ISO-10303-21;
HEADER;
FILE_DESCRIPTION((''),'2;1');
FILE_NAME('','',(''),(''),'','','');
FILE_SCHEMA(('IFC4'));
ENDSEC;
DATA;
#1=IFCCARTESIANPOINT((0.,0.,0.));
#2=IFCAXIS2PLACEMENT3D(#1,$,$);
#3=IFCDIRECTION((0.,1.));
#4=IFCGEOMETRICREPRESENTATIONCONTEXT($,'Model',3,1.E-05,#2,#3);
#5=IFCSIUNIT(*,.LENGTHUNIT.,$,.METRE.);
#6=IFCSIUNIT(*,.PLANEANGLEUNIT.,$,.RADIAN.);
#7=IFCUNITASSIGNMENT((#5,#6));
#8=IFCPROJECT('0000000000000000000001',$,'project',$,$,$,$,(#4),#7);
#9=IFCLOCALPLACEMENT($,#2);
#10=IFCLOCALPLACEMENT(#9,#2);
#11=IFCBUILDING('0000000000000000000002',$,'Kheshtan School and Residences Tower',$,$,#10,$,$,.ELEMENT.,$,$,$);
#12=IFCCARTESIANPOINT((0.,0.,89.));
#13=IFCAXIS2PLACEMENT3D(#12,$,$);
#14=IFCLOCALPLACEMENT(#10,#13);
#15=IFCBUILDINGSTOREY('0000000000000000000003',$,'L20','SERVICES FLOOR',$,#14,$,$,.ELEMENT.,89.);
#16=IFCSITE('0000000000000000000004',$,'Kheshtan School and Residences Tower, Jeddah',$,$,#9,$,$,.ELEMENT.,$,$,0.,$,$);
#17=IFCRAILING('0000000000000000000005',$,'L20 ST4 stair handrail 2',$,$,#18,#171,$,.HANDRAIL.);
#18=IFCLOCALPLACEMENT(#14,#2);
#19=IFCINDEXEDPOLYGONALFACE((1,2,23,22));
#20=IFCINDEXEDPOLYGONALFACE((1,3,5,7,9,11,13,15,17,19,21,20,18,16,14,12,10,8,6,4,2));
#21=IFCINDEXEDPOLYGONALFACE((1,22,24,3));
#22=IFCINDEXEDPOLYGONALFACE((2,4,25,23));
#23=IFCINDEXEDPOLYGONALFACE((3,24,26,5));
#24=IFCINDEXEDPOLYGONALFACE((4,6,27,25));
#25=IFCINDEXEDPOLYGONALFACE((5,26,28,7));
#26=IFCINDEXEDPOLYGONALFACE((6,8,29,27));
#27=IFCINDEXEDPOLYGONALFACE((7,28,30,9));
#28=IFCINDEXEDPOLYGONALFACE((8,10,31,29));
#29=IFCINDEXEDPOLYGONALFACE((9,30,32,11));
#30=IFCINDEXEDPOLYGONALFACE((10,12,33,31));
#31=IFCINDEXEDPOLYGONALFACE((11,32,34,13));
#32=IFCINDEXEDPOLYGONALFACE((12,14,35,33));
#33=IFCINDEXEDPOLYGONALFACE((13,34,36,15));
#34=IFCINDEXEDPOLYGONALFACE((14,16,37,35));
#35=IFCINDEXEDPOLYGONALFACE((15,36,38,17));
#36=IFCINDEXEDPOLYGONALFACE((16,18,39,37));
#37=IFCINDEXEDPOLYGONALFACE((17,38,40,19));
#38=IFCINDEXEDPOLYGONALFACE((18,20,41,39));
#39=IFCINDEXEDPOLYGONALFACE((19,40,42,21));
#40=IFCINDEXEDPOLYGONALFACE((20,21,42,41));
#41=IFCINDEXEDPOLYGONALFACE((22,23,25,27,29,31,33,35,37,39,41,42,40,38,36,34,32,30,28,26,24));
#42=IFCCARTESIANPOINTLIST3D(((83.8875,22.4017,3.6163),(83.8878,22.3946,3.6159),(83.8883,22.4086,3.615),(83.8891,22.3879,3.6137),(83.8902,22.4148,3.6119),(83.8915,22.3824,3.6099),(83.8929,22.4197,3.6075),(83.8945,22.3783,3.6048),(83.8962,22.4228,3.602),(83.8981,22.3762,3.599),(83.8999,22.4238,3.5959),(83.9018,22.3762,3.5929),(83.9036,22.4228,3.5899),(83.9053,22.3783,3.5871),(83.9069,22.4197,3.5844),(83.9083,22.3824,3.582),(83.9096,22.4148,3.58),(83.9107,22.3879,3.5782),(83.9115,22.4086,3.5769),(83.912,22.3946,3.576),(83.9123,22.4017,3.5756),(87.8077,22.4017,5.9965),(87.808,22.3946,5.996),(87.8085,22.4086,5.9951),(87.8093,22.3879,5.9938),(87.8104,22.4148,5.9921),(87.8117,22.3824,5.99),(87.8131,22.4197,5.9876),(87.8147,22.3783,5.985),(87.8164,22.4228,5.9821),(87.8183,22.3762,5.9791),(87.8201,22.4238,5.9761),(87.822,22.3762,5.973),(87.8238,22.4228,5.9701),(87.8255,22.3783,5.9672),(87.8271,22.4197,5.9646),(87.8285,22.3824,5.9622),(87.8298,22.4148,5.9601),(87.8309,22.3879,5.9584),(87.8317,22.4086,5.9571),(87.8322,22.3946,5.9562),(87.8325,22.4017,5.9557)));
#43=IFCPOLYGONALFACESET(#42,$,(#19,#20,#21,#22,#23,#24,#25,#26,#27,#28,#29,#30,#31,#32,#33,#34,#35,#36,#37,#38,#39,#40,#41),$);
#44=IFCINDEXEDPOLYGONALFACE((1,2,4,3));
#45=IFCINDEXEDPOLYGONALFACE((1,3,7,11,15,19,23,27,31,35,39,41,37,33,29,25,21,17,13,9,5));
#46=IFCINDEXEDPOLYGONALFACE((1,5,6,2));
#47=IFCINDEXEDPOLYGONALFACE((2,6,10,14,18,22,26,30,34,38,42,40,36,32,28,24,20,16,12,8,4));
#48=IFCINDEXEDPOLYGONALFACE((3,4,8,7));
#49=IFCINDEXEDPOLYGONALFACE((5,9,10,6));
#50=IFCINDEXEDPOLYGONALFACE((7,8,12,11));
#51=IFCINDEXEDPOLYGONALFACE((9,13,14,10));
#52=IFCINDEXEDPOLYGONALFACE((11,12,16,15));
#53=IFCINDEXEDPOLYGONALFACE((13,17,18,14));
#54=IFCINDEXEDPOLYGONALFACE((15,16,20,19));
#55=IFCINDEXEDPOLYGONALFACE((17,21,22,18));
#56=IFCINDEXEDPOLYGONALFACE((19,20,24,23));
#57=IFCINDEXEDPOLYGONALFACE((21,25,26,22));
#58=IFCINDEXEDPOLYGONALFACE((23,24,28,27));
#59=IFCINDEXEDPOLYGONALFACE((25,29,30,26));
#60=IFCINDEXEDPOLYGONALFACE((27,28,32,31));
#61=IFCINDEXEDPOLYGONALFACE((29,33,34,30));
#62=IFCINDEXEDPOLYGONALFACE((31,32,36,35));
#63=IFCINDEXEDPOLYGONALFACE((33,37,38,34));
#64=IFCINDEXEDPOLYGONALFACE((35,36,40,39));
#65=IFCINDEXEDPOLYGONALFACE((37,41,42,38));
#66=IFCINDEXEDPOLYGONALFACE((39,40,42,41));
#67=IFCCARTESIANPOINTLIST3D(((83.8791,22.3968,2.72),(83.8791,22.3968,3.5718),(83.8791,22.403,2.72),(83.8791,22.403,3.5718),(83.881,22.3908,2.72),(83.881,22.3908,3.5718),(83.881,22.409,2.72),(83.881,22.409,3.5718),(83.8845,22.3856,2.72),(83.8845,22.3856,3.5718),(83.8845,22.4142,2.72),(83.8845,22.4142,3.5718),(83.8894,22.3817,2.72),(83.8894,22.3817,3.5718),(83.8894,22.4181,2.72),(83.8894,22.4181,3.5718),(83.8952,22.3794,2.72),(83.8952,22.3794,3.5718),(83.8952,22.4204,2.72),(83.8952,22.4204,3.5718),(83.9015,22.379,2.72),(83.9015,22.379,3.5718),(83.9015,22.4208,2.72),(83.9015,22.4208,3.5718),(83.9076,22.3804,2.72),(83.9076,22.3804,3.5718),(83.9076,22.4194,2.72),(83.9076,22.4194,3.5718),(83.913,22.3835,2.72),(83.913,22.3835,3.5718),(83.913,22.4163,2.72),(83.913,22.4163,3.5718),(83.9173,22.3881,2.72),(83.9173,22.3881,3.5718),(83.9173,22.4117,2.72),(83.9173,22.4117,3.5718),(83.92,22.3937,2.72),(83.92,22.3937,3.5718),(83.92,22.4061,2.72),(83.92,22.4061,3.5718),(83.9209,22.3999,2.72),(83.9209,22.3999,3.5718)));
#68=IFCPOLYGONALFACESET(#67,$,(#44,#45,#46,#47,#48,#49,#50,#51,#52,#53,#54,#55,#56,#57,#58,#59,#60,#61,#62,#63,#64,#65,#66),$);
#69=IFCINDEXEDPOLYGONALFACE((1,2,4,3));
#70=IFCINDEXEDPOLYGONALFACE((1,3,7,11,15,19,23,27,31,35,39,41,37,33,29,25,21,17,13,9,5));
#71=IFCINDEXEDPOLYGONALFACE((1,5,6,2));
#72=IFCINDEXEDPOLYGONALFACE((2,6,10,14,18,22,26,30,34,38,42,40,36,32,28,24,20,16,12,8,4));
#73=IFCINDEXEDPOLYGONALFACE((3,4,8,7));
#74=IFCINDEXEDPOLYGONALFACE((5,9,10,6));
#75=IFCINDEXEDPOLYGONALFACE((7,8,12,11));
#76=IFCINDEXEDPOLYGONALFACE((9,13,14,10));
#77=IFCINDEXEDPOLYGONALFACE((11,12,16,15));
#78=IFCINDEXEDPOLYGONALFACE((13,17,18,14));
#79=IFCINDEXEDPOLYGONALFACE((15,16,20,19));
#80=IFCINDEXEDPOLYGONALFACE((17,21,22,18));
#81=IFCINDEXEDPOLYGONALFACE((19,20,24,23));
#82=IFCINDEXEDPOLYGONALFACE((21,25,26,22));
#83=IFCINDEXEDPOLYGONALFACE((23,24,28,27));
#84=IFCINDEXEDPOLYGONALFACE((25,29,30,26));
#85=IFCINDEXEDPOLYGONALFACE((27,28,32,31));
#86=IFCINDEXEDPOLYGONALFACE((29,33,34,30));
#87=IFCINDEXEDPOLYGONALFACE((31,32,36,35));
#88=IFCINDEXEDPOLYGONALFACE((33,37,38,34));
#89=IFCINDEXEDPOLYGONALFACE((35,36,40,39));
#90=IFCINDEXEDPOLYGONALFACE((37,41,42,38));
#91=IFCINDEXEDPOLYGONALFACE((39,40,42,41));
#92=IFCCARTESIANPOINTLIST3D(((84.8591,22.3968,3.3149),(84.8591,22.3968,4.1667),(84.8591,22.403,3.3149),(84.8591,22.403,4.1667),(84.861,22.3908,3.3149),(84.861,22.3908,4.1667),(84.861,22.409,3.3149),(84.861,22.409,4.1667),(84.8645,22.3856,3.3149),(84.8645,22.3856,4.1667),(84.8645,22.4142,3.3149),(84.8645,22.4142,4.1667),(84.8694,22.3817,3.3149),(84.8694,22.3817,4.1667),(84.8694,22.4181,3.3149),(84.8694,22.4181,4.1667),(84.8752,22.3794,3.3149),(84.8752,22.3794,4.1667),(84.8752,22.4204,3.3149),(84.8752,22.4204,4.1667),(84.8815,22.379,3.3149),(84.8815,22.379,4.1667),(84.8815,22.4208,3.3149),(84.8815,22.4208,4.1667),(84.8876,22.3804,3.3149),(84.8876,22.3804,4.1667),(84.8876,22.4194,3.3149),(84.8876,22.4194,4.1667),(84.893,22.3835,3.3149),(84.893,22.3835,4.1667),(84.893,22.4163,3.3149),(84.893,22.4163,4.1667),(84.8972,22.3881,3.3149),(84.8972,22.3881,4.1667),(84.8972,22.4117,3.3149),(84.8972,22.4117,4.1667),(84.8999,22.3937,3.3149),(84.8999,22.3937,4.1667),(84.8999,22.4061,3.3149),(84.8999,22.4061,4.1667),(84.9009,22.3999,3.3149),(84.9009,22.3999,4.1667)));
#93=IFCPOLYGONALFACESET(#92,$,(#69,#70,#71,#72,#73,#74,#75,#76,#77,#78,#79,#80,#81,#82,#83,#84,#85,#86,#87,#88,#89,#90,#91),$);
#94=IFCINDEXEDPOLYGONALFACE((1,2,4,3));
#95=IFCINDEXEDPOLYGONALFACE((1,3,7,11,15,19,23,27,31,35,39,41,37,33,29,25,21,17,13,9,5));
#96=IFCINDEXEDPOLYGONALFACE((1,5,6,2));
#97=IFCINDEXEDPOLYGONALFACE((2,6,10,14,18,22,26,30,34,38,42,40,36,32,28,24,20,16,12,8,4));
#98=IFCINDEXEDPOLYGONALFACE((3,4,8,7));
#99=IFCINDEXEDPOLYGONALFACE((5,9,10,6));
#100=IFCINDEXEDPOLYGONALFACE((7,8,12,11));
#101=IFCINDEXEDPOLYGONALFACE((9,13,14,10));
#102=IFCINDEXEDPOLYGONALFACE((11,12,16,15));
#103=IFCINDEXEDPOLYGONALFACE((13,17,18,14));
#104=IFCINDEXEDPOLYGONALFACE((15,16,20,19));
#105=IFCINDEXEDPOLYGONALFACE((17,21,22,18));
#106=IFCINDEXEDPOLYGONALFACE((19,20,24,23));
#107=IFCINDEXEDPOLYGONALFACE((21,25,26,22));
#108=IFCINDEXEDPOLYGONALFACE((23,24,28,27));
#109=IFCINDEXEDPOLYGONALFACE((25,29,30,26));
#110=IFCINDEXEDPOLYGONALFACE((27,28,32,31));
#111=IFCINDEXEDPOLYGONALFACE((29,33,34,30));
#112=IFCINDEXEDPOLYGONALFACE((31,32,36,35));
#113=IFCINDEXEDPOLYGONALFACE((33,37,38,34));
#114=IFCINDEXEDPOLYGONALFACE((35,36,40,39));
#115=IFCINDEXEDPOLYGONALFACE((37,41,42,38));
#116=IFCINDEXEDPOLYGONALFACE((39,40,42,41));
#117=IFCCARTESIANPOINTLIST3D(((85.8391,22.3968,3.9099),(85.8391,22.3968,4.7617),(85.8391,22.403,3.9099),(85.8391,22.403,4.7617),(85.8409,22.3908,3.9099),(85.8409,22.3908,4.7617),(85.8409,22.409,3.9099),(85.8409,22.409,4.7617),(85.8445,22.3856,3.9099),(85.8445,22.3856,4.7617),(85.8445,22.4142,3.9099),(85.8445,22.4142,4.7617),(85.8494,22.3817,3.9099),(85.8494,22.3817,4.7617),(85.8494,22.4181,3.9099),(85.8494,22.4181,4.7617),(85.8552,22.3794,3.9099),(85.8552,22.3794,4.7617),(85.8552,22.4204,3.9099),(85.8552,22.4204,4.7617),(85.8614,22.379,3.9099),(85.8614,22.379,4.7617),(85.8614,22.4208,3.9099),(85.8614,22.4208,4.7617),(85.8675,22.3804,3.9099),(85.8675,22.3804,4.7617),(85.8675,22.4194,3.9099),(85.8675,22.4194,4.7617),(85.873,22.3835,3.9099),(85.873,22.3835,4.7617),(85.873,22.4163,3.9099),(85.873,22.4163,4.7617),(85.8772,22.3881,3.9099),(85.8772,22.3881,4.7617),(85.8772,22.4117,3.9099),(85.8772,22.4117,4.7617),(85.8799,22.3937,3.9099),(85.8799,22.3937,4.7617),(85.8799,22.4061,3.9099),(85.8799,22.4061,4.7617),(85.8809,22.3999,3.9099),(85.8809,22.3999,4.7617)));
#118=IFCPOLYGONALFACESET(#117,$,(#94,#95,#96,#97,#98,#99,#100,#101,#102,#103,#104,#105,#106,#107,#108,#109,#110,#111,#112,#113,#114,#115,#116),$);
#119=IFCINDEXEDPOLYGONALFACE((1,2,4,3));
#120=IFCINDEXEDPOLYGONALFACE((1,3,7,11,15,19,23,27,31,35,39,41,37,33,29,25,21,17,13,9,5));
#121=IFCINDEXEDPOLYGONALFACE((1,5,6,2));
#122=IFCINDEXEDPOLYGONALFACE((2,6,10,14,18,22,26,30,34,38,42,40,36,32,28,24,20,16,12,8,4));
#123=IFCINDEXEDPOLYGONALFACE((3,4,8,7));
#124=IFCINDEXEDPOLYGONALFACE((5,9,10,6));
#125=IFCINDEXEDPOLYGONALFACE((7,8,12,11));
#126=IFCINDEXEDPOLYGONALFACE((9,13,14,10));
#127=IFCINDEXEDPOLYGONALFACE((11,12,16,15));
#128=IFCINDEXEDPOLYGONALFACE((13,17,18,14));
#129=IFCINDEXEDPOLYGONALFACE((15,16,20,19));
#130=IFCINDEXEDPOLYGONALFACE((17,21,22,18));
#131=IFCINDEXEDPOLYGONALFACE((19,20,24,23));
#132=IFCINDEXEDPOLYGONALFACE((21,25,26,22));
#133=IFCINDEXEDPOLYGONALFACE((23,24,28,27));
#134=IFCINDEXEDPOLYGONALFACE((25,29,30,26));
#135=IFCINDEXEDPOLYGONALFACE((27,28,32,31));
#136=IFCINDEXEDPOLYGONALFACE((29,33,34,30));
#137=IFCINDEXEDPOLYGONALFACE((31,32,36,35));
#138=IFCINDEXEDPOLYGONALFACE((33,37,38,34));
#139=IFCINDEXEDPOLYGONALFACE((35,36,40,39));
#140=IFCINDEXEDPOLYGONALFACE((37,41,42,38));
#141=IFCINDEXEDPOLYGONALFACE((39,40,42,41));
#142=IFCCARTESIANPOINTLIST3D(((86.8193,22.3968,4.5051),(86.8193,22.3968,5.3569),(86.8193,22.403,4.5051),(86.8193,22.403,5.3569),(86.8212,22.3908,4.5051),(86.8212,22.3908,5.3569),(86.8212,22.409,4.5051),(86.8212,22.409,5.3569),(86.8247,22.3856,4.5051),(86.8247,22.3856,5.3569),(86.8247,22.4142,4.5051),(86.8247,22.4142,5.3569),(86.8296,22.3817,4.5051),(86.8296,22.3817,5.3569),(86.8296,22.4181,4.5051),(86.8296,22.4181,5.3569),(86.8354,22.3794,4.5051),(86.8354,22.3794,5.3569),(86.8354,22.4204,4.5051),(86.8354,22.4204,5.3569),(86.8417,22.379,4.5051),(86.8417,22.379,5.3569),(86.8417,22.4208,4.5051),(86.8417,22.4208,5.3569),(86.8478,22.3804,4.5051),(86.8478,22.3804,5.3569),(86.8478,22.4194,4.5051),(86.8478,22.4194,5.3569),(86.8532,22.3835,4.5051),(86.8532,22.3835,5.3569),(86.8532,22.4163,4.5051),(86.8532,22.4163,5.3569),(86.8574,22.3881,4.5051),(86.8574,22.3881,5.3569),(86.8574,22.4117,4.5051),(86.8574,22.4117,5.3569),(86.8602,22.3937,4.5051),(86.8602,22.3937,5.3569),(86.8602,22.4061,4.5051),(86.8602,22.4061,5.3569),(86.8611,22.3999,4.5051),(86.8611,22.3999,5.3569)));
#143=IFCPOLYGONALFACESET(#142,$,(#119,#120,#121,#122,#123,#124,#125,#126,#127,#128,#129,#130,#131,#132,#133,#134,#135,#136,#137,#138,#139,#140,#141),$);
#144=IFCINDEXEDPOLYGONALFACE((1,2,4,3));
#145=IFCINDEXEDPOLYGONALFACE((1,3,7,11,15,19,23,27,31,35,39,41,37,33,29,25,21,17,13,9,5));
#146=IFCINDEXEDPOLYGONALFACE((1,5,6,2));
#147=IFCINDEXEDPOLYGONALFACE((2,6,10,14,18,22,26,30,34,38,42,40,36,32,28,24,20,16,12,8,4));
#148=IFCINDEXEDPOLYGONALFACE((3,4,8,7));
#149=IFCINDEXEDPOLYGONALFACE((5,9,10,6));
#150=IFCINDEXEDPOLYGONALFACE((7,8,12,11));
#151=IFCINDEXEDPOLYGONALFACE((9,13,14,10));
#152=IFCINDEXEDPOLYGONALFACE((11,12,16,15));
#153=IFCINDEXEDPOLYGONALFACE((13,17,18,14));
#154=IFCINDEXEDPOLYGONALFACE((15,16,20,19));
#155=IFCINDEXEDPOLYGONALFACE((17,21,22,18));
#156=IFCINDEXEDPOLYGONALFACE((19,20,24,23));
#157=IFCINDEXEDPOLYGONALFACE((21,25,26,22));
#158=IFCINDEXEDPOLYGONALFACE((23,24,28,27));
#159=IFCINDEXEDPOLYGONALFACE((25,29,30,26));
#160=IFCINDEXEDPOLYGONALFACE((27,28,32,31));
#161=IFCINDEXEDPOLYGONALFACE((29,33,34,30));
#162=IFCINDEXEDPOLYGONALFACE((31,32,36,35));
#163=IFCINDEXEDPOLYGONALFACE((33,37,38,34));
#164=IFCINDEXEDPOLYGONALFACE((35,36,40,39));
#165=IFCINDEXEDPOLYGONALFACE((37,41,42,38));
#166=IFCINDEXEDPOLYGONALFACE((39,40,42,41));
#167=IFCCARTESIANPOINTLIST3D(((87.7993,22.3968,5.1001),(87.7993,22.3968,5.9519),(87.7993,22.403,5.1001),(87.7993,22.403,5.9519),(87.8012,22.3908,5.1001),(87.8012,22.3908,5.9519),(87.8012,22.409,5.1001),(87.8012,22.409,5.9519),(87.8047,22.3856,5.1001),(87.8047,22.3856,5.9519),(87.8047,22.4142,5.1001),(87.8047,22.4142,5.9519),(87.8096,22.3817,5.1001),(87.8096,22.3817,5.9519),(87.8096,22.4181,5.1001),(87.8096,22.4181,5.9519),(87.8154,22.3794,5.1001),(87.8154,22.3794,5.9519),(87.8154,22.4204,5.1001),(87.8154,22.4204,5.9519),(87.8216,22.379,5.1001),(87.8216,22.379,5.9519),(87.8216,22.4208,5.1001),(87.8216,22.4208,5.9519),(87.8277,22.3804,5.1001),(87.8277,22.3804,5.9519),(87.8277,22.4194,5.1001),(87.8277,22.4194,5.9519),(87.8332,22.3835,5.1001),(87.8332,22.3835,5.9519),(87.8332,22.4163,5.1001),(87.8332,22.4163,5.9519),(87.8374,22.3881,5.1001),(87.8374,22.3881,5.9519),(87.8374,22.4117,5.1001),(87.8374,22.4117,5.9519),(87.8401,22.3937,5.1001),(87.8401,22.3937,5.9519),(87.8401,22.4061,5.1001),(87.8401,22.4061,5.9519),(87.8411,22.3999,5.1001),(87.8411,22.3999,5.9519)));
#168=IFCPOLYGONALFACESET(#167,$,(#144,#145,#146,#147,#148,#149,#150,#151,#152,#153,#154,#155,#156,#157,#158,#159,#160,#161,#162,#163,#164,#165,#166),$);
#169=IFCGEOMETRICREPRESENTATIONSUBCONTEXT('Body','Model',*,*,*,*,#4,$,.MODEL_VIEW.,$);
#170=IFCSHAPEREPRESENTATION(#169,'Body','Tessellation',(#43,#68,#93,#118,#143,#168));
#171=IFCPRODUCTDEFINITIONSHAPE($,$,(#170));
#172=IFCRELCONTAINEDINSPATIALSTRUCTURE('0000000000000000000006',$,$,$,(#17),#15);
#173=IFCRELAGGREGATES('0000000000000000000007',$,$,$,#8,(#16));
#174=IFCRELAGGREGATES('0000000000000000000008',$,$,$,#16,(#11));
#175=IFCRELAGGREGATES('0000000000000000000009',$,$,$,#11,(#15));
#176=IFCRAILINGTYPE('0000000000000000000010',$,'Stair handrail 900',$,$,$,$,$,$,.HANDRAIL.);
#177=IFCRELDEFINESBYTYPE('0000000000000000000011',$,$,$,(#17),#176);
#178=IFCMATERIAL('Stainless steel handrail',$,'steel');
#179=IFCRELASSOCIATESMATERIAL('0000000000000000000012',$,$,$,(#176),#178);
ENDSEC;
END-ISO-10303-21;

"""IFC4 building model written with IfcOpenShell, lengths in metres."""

from ifc_helpers import new_model, si_unit, direction, frame, origin, origin_2d, place, context, subcontext, project, spatial, circle, extrude, material, type_object, element, save


model = new_model("IFC4")

# Units and contexts
model_context = context("Model", 3, precision=1e-05, world=origin(), true_north=direction((0.0, 1.0)))
body_context = subcontext(model_context, "Body", "Model", "MODEL_VIEW")
ifc_project = project(units=[si_unit("LENGTHUNIT", "METRE"), si_unit("PLANEANGLEUNIT", "RADIAN")], contexts=[model_context])

# Site, building, storey
site_placement = place(None, origin())
site = spatial("IfcSite", under=ifc_project, at=site_placement, Name="Kheshtan School and Residences Tower, Jeddah", CompositionType="ELEMENT", RefElevation=0.0)
building_placement = place(site_placement, origin())
building = spatial("IfcBuilding", under=site, at=building_placement, Name="Kheshtan School and Residences Tower", CompositionType="ELEMENT")
storey_placement = place(building_placement, frame((0.0, 0.0, 89.0)))
storey = spatial("IfcBuildingStorey", under=building, at=storey_placement, Name="L20", Description="SERVICES FLOOR", CompositionType="ELEMENT", Elevation=89.0)

# Railing
ifc_material_1 = material(Name="Stainless steel handrail", Category="steel")
railing_type_1 = type_object("IfcRailingType", Name="Stair handrail 900", PredefinedType="HANDRAIL", material=ifc_material_1)
railing_1_placement = place(storey_placement, frame((83.8999, 22.3999, 2.72)))
element("IfcRailing", 1, at=railing_1_placement, inside=storey, type_object=railing_type_1, Name="L20 ST4 stair handrail 2", PredefinedType="HANDRAIL", context=body_context, shape_type="SweptSolid", body=[
    extrude(circle(Radius=0.0239, at=origin_2d()), frame((0.0, 0.0, 0.876), z_axis=(0.854785, 0.0, 0.518982), x_axis=(0.0, 1.0, 0.0)), (0.0, 0.0, 1.0), 4.5862),
    extrude(circle(Radius=0.021, at=origin_2d()), origin(), (0.0, 0.0, 1.0), 0.8518),
    extrude(circle(Radius=0.021, at=origin_2d()), frame((0.98, 0.0, 0.595)), (0.0, 0.0, 1.0), 0.8518),
    extrude(circle(Radius=0.021, at=origin_2d()), frame((1.96, 0.0, 1.1899)), (0.0, 0.0, 1.0), 0.8518),
    extrude(circle(Radius=0.021, at=origin_2d()), frame((2.9402, 0.0, 1.7852)), (0.0, 0.0, 1.0), 0.8518),
    extrude(circle(Radius=0.021, at=origin_2d()), frame((3.9202, 0.0, 2.3801)), (0.0, 0.0, 1.0), 0.8518),
])

save(model, "model.ifc")
